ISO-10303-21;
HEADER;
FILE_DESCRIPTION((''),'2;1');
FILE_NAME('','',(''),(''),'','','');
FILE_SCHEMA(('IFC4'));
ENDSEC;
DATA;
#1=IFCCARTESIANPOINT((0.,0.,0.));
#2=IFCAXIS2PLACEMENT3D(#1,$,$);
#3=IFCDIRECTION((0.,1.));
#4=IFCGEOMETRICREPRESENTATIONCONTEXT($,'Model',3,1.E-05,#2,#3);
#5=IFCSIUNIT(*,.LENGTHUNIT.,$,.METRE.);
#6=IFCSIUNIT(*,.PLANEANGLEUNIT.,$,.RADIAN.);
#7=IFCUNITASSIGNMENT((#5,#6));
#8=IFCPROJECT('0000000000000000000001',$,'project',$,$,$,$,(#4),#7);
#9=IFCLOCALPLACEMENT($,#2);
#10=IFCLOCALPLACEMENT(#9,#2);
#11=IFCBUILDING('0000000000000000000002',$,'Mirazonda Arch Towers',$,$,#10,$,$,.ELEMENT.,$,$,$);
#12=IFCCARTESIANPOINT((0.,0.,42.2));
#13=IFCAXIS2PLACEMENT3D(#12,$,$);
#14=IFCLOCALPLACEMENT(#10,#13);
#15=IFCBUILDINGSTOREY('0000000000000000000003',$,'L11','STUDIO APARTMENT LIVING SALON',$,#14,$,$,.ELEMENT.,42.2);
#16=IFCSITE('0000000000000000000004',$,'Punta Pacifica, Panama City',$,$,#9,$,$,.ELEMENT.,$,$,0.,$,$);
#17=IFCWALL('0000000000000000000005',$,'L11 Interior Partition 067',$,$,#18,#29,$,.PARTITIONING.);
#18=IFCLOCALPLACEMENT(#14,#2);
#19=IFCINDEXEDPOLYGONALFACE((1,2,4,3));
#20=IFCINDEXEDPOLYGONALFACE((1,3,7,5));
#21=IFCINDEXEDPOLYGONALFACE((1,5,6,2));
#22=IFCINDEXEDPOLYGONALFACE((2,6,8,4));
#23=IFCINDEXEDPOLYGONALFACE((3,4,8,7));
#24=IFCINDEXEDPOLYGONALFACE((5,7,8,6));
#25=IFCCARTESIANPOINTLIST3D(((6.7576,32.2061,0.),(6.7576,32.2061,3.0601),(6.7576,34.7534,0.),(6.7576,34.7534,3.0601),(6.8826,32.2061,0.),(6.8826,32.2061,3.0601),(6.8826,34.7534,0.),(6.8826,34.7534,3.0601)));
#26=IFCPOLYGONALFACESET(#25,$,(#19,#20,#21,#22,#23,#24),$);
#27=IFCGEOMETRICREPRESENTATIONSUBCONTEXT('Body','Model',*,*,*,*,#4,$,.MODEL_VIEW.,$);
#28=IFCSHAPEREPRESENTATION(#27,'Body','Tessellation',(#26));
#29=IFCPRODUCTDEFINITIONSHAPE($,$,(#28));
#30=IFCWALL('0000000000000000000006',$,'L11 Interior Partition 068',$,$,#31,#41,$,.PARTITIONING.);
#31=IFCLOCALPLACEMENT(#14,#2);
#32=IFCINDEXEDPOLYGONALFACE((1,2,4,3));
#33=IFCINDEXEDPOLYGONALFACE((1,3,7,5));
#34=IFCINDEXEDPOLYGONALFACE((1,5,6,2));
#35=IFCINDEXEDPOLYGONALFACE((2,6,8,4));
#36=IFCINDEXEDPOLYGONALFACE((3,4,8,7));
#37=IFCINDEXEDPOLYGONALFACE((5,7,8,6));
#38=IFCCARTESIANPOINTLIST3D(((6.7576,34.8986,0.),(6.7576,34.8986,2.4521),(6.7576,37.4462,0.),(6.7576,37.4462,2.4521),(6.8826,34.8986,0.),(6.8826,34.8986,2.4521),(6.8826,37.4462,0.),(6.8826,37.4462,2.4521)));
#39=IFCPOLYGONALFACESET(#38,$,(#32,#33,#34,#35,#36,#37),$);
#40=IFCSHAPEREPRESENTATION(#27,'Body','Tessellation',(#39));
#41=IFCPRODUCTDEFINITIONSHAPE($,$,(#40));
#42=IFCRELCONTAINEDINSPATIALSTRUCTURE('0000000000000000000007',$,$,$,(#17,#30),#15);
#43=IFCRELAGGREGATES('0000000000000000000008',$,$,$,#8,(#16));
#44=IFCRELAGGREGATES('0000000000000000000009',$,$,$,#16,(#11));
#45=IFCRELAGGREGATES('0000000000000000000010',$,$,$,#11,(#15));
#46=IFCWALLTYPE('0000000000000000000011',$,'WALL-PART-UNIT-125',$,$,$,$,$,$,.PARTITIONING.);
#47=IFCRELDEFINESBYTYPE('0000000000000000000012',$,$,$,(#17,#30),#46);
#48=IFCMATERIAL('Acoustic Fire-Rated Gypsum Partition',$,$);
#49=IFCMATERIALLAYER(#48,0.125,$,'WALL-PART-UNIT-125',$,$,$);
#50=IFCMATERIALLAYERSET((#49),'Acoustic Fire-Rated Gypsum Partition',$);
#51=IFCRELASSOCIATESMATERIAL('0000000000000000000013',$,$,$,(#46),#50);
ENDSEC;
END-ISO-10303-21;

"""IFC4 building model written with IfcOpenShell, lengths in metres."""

from ifc_helpers import new_model, si_unit, direction, frame, frame_2d, origin, place, context, subcontext, project, spatial, rectangle, extrude, material, layer, layer_set, type_object, element, save


model = new_model("IFC4")

# Units and contexts
model_context = context("Model", 3, precision=1e-05, world=origin(), true_north=direction((0.0, 1.0)))
body_context = subcontext(model_context, "Body", "Model", "MODEL_VIEW")
ifc_project = project(units=[si_unit("LENGTHUNIT", "METRE"), si_unit("PLANEANGLEUNIT", "RADIAN")], contexts=[model_context])

# Site, building, storey
site_placement = place(None, origin())
site = spatial("IfcSite", under=ifc_project, at=site_placement, Name="Punta Pacifica, Panama City", CompositionType="ELEMENT", RefElevation=0.0)
building_placement = place(site_placement, origin())
building = spatial("IfcBuilding", under=site, at=building_placement, Name="Mirazonda Arch Towers", CompositionType="ELEMENT")
storey_placement = place(building_placement, frame((0.0, 0.0, 42.2)))
storey = spatial("IfcBuildingStorey", under=building, at=storey_placement, Name="L11", Description="STUDIO APARTMENT LIVING SALON", CompositionType="ELEMENT", Elevation=42.2)

# Walls
ifc_material_1 = material(Name="Acoustic Fire-Rated Gypsum Partition")
ifc_layer_1 = layer(ifc_material_1, 0.125, Name="WALL-PART-UNIT-125")
ifc_layer_set_1 = layer_set([ifc_layer_1], Name="Acoustic Fire-Rated Gypsum Partition")
wall_type_1 = type_object("IfcWallType", Name="WALL-PART-UNIT-125", PredefinedType="PARTITIONING", material=ifc_layer_set_1)
wall_1_placement = place(storey_placement, frame((6.8201, 32.2061, 0.0), z_axis=(0.0, 0.0, 1.0), x_axis=(0.0, 1.0, 0.0)))
element("IfcWall", 1, at=wall_1_placement, inside=storey, type_object=wall_type_1, Name="L11 Interior Partition 067", PredefinedType="PARTITIONING", context=body_context, shape_type="SweptSolid", body=[
    extrude(rectangle(XDim=2.5474, YDim=0.125, at=frame_2d((1.2737, 0.0))), origin(), (0.0, 0.0, 1.0), 3.0601),
])
wall_2_placement = place(storey_placement, frame((6.8201, 34.8984, 0.0), z_axis=(0.0, 0.0, 1.0), x_axis=(0.0, 1.0, 0.0)))
element("IfcWall", 2, at=wall_2_placement, inside=storey, type_object=wall_type_1, Name="L11 Interior Partition 068", PredefinedType="PARTITIONING", context=body_context, shape_type="SweptSolid", body=[
    extrude(rectangle(XDim=2.5476, YDim=0.125, at=frame_2d((1.2739, 0.0))), origin(), (0.0, 0.0, 1.0), 2.4521),
])

save(model, "model.ifc")
